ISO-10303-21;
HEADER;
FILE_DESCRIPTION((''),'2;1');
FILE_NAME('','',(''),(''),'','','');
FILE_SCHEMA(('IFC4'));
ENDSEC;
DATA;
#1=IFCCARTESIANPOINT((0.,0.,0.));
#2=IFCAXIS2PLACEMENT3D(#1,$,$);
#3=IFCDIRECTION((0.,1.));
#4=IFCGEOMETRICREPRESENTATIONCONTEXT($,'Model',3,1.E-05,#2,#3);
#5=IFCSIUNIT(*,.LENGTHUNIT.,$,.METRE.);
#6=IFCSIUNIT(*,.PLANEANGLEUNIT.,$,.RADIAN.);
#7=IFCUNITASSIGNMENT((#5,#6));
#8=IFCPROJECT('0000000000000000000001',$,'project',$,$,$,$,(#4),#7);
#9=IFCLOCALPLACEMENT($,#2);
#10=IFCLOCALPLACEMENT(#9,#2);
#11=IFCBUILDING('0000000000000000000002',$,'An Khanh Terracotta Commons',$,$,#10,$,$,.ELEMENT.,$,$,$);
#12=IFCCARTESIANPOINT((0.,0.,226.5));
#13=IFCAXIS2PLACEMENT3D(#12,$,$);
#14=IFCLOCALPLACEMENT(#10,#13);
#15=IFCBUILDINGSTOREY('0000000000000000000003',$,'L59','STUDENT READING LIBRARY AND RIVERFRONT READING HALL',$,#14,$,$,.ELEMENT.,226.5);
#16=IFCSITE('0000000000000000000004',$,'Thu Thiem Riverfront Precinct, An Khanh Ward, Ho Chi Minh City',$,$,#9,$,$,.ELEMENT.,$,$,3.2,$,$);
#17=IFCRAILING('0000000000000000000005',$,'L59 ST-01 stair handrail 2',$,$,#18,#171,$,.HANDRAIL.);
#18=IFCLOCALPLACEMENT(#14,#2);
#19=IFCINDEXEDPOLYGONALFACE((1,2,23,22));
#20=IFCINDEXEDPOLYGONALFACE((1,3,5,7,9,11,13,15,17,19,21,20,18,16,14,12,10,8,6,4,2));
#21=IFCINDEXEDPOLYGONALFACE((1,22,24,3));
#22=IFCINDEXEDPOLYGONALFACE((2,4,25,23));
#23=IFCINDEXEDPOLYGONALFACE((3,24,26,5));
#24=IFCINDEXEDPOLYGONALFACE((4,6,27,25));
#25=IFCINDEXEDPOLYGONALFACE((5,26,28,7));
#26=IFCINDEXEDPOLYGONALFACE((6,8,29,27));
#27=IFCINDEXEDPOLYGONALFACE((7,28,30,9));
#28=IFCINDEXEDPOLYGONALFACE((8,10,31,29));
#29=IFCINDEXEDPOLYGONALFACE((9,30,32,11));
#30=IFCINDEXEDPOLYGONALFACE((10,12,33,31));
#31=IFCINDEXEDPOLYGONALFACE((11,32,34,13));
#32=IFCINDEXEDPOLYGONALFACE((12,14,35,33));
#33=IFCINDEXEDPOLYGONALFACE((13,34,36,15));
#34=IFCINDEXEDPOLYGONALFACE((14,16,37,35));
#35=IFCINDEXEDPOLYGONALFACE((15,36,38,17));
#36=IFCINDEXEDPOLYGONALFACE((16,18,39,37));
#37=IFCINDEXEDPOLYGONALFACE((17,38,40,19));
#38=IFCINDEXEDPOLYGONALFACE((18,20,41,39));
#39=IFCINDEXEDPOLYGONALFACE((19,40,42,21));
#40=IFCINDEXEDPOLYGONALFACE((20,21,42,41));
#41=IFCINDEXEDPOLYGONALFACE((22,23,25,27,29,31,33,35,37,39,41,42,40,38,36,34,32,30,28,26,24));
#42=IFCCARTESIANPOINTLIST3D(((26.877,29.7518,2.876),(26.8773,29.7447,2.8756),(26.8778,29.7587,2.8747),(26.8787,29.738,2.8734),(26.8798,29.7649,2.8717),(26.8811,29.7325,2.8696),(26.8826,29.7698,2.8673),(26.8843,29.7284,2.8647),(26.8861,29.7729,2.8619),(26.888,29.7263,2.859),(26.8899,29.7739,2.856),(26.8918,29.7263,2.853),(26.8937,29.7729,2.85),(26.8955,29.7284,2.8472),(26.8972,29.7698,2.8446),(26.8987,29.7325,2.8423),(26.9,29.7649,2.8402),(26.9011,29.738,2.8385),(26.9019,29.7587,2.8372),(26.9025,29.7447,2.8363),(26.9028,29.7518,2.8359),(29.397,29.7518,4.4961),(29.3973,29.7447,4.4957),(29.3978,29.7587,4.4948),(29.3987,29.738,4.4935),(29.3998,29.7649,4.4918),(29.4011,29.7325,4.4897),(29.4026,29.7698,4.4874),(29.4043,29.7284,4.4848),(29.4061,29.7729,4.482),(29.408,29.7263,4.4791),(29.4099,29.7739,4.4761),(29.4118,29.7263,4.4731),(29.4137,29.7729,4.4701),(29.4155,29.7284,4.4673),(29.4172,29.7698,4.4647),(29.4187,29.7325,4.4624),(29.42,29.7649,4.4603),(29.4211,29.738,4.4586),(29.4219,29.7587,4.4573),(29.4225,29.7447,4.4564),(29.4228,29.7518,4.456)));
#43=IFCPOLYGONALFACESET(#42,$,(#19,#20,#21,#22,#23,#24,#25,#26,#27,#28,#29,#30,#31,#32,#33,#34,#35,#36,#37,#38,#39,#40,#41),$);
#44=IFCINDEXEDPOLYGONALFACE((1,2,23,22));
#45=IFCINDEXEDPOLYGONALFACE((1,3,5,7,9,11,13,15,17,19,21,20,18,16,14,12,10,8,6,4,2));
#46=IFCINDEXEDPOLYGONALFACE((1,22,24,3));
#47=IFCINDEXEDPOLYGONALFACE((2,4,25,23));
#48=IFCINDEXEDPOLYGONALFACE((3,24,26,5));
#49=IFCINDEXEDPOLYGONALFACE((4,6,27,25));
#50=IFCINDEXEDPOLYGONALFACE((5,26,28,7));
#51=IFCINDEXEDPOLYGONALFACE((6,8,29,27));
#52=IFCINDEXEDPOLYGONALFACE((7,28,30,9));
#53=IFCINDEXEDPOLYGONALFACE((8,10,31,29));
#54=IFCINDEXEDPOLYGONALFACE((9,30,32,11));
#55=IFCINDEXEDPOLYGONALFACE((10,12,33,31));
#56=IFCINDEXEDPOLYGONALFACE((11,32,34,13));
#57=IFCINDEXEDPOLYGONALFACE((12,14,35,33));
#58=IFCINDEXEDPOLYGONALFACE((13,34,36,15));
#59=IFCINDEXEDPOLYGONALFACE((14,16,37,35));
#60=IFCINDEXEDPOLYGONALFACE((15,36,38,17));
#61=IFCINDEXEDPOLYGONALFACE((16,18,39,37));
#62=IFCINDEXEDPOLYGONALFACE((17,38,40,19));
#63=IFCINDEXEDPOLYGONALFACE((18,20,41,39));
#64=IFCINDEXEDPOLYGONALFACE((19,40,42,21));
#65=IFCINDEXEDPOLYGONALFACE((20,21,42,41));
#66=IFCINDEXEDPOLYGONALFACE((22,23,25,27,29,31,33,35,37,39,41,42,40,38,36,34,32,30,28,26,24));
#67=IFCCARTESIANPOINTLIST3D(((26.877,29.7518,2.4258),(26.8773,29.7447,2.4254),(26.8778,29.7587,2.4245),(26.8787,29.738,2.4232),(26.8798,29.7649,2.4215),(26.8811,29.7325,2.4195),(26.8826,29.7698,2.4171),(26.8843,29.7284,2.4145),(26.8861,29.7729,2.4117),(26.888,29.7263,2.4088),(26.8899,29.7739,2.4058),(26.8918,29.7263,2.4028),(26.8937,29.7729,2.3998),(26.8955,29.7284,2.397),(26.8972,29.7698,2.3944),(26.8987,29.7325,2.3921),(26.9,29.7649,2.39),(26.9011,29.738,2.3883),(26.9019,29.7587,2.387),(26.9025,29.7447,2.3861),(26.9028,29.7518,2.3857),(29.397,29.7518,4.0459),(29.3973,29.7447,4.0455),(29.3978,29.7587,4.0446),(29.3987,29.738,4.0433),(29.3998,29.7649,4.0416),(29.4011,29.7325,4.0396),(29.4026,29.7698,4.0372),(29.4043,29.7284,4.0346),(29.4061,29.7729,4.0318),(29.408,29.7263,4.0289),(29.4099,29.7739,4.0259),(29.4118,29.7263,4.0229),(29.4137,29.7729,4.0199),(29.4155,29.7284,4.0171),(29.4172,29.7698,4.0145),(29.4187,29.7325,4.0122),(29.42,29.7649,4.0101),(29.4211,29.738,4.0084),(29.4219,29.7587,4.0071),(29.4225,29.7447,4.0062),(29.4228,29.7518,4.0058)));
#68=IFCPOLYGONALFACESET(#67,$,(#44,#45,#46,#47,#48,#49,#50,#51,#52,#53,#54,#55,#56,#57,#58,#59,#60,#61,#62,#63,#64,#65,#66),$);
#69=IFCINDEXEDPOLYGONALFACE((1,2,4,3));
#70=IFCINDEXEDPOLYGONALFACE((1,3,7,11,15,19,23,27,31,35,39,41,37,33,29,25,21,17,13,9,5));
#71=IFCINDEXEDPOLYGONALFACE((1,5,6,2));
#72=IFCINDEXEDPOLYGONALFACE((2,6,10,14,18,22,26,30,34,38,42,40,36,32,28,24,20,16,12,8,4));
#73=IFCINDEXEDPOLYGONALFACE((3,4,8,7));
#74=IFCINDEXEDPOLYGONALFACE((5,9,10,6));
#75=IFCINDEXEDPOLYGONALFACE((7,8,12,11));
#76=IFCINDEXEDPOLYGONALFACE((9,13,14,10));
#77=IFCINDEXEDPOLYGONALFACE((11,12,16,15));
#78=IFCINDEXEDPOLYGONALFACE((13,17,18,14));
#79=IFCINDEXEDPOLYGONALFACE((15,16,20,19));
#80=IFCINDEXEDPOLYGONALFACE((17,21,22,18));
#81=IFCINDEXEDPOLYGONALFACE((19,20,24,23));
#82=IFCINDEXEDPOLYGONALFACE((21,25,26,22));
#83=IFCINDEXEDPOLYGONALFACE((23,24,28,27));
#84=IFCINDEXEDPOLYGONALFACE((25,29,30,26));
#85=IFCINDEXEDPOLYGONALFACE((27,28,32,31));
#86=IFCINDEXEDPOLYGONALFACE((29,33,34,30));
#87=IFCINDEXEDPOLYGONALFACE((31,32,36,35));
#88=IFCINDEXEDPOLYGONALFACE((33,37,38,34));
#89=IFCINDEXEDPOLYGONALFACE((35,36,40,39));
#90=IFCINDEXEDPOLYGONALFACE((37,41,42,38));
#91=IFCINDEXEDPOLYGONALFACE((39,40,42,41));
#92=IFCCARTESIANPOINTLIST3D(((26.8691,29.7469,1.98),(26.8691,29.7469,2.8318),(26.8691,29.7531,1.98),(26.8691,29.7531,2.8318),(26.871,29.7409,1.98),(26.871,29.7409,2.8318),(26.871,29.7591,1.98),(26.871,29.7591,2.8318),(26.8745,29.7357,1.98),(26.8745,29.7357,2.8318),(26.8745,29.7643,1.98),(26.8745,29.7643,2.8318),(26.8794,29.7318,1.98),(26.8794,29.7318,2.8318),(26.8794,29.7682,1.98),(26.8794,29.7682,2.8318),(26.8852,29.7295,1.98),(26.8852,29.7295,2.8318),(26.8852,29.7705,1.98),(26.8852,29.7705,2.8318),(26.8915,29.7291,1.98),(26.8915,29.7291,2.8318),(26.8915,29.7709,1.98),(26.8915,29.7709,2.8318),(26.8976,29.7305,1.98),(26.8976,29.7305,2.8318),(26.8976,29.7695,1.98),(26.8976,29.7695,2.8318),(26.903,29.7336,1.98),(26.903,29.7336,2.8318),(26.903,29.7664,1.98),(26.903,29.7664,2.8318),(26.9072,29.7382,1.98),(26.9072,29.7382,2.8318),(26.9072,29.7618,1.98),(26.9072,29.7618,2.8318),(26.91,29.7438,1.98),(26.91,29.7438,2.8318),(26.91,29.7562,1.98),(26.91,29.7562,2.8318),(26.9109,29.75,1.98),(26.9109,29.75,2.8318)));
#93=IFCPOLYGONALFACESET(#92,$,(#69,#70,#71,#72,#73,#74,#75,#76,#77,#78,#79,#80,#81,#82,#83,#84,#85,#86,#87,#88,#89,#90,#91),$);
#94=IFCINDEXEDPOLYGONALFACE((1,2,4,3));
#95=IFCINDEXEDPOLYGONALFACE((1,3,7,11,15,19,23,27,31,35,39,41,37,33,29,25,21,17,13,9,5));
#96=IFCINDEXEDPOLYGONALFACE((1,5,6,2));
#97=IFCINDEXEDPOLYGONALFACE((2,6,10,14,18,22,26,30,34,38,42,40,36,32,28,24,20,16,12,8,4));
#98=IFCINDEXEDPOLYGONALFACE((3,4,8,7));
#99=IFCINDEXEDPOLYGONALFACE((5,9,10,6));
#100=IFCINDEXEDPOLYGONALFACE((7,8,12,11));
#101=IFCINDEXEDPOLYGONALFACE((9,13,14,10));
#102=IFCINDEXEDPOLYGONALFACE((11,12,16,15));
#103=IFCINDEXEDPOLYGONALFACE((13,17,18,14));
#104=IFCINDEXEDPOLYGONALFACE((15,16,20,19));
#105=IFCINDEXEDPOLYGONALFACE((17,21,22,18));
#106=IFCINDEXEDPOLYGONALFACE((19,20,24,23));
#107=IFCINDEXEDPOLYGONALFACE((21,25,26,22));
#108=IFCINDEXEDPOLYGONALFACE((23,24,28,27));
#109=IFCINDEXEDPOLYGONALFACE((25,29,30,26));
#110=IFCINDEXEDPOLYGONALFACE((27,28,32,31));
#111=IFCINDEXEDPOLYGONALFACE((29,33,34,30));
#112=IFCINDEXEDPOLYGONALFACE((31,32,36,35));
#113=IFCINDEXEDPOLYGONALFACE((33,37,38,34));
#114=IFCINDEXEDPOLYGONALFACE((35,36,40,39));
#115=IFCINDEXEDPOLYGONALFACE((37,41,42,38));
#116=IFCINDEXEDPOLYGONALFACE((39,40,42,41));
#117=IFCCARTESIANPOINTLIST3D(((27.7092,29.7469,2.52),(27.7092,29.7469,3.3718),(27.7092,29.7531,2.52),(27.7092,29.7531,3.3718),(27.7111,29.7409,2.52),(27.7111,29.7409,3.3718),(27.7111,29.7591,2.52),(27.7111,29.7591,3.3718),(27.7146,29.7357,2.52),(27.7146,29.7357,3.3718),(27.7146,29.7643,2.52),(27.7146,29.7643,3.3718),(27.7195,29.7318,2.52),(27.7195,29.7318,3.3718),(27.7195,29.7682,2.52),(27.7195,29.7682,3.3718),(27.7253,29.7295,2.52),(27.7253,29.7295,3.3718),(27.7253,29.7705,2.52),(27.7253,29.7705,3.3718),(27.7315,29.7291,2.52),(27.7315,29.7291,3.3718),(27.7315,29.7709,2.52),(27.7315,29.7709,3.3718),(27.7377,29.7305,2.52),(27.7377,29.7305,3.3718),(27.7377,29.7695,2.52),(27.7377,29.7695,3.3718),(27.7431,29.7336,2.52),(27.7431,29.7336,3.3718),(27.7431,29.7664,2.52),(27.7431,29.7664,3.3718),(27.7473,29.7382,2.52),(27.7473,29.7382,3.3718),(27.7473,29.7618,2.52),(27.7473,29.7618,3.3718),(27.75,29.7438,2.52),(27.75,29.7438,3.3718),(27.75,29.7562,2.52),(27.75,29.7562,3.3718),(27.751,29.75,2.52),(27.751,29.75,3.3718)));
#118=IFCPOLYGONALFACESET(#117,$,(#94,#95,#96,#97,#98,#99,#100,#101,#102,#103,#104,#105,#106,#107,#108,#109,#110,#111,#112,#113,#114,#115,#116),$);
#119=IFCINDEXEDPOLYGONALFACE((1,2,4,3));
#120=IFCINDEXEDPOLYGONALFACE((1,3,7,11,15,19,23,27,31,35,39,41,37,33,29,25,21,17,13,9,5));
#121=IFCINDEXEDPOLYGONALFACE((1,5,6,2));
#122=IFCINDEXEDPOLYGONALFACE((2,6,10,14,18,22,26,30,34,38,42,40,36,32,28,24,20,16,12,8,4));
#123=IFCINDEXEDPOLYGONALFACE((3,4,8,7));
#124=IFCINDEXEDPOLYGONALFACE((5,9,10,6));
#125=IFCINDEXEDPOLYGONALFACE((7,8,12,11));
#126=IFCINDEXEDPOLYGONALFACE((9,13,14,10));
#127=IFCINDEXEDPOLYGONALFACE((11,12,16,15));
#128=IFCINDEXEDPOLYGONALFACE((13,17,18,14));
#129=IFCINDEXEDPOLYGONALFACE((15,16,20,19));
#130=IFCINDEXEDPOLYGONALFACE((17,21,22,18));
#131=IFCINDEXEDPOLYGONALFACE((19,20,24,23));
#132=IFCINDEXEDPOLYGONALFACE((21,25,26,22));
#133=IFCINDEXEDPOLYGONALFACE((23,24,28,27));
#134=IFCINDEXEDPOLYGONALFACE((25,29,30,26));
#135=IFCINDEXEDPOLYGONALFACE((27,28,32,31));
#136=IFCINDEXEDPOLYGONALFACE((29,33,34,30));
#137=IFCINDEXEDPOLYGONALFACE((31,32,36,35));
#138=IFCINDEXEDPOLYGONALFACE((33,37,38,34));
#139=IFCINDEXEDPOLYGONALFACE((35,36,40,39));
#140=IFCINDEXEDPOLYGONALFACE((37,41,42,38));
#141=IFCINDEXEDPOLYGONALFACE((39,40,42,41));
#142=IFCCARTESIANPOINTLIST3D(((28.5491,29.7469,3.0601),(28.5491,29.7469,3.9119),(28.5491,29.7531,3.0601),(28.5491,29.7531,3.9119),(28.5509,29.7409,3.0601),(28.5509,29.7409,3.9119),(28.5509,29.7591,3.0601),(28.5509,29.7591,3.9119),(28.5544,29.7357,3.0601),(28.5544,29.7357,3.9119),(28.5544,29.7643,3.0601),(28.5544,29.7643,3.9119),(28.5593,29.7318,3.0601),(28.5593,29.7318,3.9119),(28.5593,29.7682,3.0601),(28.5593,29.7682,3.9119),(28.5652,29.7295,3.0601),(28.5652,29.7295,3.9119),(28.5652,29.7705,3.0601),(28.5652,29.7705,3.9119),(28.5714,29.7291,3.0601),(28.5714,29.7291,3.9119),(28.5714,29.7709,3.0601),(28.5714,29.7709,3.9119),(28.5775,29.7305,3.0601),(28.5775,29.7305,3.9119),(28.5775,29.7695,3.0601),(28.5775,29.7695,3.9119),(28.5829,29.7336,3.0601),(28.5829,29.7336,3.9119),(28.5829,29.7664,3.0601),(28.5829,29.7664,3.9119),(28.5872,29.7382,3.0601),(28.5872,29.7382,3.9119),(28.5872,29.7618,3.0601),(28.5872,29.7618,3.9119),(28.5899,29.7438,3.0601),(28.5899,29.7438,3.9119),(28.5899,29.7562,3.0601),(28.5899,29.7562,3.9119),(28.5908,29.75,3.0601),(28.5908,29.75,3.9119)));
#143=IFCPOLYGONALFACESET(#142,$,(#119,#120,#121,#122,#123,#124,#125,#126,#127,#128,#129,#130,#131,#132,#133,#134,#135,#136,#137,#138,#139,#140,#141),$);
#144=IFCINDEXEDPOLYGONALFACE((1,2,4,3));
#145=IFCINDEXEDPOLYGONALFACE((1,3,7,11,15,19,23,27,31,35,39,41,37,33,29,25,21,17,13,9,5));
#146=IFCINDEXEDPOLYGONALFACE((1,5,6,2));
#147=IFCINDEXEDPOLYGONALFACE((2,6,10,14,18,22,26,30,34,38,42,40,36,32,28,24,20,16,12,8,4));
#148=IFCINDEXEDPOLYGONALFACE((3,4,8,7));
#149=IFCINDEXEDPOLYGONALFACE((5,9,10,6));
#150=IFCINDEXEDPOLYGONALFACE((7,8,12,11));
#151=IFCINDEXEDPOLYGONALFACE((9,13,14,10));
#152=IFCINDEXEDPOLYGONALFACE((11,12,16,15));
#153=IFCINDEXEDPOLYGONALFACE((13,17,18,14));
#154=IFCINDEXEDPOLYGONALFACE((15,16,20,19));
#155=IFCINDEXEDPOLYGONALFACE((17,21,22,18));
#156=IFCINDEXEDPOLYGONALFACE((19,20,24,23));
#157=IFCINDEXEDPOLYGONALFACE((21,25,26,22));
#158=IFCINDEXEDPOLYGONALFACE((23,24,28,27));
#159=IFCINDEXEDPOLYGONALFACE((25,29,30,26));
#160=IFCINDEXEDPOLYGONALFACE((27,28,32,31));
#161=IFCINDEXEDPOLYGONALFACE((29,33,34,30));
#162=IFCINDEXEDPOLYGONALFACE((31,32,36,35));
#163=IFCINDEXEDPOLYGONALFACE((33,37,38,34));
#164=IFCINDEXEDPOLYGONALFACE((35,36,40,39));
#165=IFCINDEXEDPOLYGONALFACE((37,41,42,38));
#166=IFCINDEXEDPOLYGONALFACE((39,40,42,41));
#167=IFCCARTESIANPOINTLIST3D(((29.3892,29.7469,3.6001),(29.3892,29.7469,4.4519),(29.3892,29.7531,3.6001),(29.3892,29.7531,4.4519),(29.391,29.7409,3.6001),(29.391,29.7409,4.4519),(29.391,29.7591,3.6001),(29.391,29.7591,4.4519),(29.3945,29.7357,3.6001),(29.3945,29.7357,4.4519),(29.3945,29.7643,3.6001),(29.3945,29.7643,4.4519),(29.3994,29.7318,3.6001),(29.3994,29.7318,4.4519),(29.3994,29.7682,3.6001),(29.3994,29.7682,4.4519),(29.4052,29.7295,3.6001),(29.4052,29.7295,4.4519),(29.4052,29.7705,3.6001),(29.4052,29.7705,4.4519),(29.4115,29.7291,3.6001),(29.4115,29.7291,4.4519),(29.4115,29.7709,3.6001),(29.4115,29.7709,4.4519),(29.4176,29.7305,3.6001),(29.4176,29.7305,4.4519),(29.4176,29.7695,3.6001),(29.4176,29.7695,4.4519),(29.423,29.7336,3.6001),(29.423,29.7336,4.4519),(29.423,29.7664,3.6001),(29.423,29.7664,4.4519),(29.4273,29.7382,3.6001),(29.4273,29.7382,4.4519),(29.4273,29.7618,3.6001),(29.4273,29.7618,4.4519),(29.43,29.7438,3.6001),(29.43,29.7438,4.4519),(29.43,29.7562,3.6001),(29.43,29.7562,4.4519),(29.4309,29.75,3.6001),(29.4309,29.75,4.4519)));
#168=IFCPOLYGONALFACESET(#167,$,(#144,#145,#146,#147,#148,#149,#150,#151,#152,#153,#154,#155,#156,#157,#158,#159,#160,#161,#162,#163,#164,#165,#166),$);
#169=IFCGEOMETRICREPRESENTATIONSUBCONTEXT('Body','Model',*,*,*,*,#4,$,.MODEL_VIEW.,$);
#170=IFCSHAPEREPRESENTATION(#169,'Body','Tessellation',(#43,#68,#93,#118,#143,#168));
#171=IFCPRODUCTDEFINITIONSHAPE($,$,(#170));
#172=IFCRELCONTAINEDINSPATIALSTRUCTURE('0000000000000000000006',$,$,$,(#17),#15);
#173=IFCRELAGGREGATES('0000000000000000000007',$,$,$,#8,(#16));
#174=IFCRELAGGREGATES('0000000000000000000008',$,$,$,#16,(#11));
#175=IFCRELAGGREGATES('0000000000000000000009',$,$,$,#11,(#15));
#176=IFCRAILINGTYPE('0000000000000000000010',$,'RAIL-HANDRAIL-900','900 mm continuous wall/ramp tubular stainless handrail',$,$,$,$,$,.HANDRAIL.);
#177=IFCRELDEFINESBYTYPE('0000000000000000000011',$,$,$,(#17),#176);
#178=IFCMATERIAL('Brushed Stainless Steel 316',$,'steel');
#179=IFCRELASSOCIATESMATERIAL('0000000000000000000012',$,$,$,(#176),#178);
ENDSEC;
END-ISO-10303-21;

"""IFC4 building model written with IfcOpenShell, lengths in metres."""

from ifc_helpers import new_model, si_unit, direction, frame, origin, origin_2d, place, context, subcontext, project, spatial, circle, extrude, material, type_object, element, save


model = new_model("IFC4")

# Units and contexts
model_context = context("Model", 3, precision=1e-05, world=origin(), true_north=direction((0.0, 1.0)))
body_context = subcontext(model_context, "Body", "Model", "MODEL_VIEW")
ifc_project = project(units=[si_unit("LENGTHUNIT", "METRE"), si_unit("PLANEANGLEUNIT", "RADIAN")], contexts=[model_context])

# Site, building, storey
site_placement = place(None, origin())
site = spatial("IfcSite", under=ifc_project, at=site_placement, Name="Thu Thiem Riverfront Precinct, An Khanh Ward, Ho Chi Minh City", CompositionType="ELEMENT", RefElevation=3.2)
building_placement = place(site_placement, origin())
building = spatial("IfcBuilding", under=site, at=building_placement, Name="An Khanh Terracotta Commons", CompositionType="ELEMENT")
storey_placement = place(building_placement, frame((0.0, 0.0, 226.5)))
storey = spatial("IfcBuildingStorey", under=building, at=storey_placement, Name="L59", Description="STUDENT READING LIBRARY AND RIVERFRONT READING HALL", CompositionType="ELEMENT", Elevation=226.5)

# Railing
ifc_material_1 = material(Name="Brushed Stainless Steel 316", Category="steel")
railing_type_1 = type_object("IfcRailingType", Name="RAIL-HANDRAIL-900", Description="900 mm continuous wall/ramp tubular stainless handrail", PredefinedType="HANDRAIL", material=ifc_material_1)
railing_1_placement = place(storey_placement, frame((26.8899, 29.75, 1.98)))
element("IfcRailing", 1, at=railing_1_placement, inside=storey, type_object=railing_type_1, Name="L59 ST-01 stair handrail 2", PredefinedType="HANDRAIL", context=body_context, shape_type="SweptSolid", body=[
    extrude(circle(Radius=0.0239, at=origin_2d()), frame((0.0, 0.0, 0.876), z_axis=(0.841163, 0.0, 0.540782), x_axis=(0.0, 1.0, 0.0)), (0.0, 0.0, 1.0), 2.9958),
    extrude(circle(Radius=0.0239, at=origin_2d()), frame((0.0, 0.0, 0.4258), z_axis=(0.841163, 0.0, 0.540782), x_axis=(0.0, 1.0, 0.0)), (0.0, 0.0, 1.0), 2.9958),
    extrude(circle(Radius=0.021, at=origin_2d()), origin(), (0.0, 0.0, 1.0), 0.8518),
    extrude(circle(Radius=0.021, at=origin_2d()), frame((0.8401, 0.0, 0.54)), (0.0, 0.0, 1.0), 0.8518),
    extrude(circle(Radius=0.021, at=origin_2d()), frame((1.6799, 0.0, 1.0801)), (0.0, 0.0, 1.0), 0.8518),
    extrude(circle(Radius=0.021, at=origin_2d()), frame((2.52, 0.0, 1.6201)), (0.0, 0.0, 1.0), 0.8518),
])

save(model, "model.ifc")
